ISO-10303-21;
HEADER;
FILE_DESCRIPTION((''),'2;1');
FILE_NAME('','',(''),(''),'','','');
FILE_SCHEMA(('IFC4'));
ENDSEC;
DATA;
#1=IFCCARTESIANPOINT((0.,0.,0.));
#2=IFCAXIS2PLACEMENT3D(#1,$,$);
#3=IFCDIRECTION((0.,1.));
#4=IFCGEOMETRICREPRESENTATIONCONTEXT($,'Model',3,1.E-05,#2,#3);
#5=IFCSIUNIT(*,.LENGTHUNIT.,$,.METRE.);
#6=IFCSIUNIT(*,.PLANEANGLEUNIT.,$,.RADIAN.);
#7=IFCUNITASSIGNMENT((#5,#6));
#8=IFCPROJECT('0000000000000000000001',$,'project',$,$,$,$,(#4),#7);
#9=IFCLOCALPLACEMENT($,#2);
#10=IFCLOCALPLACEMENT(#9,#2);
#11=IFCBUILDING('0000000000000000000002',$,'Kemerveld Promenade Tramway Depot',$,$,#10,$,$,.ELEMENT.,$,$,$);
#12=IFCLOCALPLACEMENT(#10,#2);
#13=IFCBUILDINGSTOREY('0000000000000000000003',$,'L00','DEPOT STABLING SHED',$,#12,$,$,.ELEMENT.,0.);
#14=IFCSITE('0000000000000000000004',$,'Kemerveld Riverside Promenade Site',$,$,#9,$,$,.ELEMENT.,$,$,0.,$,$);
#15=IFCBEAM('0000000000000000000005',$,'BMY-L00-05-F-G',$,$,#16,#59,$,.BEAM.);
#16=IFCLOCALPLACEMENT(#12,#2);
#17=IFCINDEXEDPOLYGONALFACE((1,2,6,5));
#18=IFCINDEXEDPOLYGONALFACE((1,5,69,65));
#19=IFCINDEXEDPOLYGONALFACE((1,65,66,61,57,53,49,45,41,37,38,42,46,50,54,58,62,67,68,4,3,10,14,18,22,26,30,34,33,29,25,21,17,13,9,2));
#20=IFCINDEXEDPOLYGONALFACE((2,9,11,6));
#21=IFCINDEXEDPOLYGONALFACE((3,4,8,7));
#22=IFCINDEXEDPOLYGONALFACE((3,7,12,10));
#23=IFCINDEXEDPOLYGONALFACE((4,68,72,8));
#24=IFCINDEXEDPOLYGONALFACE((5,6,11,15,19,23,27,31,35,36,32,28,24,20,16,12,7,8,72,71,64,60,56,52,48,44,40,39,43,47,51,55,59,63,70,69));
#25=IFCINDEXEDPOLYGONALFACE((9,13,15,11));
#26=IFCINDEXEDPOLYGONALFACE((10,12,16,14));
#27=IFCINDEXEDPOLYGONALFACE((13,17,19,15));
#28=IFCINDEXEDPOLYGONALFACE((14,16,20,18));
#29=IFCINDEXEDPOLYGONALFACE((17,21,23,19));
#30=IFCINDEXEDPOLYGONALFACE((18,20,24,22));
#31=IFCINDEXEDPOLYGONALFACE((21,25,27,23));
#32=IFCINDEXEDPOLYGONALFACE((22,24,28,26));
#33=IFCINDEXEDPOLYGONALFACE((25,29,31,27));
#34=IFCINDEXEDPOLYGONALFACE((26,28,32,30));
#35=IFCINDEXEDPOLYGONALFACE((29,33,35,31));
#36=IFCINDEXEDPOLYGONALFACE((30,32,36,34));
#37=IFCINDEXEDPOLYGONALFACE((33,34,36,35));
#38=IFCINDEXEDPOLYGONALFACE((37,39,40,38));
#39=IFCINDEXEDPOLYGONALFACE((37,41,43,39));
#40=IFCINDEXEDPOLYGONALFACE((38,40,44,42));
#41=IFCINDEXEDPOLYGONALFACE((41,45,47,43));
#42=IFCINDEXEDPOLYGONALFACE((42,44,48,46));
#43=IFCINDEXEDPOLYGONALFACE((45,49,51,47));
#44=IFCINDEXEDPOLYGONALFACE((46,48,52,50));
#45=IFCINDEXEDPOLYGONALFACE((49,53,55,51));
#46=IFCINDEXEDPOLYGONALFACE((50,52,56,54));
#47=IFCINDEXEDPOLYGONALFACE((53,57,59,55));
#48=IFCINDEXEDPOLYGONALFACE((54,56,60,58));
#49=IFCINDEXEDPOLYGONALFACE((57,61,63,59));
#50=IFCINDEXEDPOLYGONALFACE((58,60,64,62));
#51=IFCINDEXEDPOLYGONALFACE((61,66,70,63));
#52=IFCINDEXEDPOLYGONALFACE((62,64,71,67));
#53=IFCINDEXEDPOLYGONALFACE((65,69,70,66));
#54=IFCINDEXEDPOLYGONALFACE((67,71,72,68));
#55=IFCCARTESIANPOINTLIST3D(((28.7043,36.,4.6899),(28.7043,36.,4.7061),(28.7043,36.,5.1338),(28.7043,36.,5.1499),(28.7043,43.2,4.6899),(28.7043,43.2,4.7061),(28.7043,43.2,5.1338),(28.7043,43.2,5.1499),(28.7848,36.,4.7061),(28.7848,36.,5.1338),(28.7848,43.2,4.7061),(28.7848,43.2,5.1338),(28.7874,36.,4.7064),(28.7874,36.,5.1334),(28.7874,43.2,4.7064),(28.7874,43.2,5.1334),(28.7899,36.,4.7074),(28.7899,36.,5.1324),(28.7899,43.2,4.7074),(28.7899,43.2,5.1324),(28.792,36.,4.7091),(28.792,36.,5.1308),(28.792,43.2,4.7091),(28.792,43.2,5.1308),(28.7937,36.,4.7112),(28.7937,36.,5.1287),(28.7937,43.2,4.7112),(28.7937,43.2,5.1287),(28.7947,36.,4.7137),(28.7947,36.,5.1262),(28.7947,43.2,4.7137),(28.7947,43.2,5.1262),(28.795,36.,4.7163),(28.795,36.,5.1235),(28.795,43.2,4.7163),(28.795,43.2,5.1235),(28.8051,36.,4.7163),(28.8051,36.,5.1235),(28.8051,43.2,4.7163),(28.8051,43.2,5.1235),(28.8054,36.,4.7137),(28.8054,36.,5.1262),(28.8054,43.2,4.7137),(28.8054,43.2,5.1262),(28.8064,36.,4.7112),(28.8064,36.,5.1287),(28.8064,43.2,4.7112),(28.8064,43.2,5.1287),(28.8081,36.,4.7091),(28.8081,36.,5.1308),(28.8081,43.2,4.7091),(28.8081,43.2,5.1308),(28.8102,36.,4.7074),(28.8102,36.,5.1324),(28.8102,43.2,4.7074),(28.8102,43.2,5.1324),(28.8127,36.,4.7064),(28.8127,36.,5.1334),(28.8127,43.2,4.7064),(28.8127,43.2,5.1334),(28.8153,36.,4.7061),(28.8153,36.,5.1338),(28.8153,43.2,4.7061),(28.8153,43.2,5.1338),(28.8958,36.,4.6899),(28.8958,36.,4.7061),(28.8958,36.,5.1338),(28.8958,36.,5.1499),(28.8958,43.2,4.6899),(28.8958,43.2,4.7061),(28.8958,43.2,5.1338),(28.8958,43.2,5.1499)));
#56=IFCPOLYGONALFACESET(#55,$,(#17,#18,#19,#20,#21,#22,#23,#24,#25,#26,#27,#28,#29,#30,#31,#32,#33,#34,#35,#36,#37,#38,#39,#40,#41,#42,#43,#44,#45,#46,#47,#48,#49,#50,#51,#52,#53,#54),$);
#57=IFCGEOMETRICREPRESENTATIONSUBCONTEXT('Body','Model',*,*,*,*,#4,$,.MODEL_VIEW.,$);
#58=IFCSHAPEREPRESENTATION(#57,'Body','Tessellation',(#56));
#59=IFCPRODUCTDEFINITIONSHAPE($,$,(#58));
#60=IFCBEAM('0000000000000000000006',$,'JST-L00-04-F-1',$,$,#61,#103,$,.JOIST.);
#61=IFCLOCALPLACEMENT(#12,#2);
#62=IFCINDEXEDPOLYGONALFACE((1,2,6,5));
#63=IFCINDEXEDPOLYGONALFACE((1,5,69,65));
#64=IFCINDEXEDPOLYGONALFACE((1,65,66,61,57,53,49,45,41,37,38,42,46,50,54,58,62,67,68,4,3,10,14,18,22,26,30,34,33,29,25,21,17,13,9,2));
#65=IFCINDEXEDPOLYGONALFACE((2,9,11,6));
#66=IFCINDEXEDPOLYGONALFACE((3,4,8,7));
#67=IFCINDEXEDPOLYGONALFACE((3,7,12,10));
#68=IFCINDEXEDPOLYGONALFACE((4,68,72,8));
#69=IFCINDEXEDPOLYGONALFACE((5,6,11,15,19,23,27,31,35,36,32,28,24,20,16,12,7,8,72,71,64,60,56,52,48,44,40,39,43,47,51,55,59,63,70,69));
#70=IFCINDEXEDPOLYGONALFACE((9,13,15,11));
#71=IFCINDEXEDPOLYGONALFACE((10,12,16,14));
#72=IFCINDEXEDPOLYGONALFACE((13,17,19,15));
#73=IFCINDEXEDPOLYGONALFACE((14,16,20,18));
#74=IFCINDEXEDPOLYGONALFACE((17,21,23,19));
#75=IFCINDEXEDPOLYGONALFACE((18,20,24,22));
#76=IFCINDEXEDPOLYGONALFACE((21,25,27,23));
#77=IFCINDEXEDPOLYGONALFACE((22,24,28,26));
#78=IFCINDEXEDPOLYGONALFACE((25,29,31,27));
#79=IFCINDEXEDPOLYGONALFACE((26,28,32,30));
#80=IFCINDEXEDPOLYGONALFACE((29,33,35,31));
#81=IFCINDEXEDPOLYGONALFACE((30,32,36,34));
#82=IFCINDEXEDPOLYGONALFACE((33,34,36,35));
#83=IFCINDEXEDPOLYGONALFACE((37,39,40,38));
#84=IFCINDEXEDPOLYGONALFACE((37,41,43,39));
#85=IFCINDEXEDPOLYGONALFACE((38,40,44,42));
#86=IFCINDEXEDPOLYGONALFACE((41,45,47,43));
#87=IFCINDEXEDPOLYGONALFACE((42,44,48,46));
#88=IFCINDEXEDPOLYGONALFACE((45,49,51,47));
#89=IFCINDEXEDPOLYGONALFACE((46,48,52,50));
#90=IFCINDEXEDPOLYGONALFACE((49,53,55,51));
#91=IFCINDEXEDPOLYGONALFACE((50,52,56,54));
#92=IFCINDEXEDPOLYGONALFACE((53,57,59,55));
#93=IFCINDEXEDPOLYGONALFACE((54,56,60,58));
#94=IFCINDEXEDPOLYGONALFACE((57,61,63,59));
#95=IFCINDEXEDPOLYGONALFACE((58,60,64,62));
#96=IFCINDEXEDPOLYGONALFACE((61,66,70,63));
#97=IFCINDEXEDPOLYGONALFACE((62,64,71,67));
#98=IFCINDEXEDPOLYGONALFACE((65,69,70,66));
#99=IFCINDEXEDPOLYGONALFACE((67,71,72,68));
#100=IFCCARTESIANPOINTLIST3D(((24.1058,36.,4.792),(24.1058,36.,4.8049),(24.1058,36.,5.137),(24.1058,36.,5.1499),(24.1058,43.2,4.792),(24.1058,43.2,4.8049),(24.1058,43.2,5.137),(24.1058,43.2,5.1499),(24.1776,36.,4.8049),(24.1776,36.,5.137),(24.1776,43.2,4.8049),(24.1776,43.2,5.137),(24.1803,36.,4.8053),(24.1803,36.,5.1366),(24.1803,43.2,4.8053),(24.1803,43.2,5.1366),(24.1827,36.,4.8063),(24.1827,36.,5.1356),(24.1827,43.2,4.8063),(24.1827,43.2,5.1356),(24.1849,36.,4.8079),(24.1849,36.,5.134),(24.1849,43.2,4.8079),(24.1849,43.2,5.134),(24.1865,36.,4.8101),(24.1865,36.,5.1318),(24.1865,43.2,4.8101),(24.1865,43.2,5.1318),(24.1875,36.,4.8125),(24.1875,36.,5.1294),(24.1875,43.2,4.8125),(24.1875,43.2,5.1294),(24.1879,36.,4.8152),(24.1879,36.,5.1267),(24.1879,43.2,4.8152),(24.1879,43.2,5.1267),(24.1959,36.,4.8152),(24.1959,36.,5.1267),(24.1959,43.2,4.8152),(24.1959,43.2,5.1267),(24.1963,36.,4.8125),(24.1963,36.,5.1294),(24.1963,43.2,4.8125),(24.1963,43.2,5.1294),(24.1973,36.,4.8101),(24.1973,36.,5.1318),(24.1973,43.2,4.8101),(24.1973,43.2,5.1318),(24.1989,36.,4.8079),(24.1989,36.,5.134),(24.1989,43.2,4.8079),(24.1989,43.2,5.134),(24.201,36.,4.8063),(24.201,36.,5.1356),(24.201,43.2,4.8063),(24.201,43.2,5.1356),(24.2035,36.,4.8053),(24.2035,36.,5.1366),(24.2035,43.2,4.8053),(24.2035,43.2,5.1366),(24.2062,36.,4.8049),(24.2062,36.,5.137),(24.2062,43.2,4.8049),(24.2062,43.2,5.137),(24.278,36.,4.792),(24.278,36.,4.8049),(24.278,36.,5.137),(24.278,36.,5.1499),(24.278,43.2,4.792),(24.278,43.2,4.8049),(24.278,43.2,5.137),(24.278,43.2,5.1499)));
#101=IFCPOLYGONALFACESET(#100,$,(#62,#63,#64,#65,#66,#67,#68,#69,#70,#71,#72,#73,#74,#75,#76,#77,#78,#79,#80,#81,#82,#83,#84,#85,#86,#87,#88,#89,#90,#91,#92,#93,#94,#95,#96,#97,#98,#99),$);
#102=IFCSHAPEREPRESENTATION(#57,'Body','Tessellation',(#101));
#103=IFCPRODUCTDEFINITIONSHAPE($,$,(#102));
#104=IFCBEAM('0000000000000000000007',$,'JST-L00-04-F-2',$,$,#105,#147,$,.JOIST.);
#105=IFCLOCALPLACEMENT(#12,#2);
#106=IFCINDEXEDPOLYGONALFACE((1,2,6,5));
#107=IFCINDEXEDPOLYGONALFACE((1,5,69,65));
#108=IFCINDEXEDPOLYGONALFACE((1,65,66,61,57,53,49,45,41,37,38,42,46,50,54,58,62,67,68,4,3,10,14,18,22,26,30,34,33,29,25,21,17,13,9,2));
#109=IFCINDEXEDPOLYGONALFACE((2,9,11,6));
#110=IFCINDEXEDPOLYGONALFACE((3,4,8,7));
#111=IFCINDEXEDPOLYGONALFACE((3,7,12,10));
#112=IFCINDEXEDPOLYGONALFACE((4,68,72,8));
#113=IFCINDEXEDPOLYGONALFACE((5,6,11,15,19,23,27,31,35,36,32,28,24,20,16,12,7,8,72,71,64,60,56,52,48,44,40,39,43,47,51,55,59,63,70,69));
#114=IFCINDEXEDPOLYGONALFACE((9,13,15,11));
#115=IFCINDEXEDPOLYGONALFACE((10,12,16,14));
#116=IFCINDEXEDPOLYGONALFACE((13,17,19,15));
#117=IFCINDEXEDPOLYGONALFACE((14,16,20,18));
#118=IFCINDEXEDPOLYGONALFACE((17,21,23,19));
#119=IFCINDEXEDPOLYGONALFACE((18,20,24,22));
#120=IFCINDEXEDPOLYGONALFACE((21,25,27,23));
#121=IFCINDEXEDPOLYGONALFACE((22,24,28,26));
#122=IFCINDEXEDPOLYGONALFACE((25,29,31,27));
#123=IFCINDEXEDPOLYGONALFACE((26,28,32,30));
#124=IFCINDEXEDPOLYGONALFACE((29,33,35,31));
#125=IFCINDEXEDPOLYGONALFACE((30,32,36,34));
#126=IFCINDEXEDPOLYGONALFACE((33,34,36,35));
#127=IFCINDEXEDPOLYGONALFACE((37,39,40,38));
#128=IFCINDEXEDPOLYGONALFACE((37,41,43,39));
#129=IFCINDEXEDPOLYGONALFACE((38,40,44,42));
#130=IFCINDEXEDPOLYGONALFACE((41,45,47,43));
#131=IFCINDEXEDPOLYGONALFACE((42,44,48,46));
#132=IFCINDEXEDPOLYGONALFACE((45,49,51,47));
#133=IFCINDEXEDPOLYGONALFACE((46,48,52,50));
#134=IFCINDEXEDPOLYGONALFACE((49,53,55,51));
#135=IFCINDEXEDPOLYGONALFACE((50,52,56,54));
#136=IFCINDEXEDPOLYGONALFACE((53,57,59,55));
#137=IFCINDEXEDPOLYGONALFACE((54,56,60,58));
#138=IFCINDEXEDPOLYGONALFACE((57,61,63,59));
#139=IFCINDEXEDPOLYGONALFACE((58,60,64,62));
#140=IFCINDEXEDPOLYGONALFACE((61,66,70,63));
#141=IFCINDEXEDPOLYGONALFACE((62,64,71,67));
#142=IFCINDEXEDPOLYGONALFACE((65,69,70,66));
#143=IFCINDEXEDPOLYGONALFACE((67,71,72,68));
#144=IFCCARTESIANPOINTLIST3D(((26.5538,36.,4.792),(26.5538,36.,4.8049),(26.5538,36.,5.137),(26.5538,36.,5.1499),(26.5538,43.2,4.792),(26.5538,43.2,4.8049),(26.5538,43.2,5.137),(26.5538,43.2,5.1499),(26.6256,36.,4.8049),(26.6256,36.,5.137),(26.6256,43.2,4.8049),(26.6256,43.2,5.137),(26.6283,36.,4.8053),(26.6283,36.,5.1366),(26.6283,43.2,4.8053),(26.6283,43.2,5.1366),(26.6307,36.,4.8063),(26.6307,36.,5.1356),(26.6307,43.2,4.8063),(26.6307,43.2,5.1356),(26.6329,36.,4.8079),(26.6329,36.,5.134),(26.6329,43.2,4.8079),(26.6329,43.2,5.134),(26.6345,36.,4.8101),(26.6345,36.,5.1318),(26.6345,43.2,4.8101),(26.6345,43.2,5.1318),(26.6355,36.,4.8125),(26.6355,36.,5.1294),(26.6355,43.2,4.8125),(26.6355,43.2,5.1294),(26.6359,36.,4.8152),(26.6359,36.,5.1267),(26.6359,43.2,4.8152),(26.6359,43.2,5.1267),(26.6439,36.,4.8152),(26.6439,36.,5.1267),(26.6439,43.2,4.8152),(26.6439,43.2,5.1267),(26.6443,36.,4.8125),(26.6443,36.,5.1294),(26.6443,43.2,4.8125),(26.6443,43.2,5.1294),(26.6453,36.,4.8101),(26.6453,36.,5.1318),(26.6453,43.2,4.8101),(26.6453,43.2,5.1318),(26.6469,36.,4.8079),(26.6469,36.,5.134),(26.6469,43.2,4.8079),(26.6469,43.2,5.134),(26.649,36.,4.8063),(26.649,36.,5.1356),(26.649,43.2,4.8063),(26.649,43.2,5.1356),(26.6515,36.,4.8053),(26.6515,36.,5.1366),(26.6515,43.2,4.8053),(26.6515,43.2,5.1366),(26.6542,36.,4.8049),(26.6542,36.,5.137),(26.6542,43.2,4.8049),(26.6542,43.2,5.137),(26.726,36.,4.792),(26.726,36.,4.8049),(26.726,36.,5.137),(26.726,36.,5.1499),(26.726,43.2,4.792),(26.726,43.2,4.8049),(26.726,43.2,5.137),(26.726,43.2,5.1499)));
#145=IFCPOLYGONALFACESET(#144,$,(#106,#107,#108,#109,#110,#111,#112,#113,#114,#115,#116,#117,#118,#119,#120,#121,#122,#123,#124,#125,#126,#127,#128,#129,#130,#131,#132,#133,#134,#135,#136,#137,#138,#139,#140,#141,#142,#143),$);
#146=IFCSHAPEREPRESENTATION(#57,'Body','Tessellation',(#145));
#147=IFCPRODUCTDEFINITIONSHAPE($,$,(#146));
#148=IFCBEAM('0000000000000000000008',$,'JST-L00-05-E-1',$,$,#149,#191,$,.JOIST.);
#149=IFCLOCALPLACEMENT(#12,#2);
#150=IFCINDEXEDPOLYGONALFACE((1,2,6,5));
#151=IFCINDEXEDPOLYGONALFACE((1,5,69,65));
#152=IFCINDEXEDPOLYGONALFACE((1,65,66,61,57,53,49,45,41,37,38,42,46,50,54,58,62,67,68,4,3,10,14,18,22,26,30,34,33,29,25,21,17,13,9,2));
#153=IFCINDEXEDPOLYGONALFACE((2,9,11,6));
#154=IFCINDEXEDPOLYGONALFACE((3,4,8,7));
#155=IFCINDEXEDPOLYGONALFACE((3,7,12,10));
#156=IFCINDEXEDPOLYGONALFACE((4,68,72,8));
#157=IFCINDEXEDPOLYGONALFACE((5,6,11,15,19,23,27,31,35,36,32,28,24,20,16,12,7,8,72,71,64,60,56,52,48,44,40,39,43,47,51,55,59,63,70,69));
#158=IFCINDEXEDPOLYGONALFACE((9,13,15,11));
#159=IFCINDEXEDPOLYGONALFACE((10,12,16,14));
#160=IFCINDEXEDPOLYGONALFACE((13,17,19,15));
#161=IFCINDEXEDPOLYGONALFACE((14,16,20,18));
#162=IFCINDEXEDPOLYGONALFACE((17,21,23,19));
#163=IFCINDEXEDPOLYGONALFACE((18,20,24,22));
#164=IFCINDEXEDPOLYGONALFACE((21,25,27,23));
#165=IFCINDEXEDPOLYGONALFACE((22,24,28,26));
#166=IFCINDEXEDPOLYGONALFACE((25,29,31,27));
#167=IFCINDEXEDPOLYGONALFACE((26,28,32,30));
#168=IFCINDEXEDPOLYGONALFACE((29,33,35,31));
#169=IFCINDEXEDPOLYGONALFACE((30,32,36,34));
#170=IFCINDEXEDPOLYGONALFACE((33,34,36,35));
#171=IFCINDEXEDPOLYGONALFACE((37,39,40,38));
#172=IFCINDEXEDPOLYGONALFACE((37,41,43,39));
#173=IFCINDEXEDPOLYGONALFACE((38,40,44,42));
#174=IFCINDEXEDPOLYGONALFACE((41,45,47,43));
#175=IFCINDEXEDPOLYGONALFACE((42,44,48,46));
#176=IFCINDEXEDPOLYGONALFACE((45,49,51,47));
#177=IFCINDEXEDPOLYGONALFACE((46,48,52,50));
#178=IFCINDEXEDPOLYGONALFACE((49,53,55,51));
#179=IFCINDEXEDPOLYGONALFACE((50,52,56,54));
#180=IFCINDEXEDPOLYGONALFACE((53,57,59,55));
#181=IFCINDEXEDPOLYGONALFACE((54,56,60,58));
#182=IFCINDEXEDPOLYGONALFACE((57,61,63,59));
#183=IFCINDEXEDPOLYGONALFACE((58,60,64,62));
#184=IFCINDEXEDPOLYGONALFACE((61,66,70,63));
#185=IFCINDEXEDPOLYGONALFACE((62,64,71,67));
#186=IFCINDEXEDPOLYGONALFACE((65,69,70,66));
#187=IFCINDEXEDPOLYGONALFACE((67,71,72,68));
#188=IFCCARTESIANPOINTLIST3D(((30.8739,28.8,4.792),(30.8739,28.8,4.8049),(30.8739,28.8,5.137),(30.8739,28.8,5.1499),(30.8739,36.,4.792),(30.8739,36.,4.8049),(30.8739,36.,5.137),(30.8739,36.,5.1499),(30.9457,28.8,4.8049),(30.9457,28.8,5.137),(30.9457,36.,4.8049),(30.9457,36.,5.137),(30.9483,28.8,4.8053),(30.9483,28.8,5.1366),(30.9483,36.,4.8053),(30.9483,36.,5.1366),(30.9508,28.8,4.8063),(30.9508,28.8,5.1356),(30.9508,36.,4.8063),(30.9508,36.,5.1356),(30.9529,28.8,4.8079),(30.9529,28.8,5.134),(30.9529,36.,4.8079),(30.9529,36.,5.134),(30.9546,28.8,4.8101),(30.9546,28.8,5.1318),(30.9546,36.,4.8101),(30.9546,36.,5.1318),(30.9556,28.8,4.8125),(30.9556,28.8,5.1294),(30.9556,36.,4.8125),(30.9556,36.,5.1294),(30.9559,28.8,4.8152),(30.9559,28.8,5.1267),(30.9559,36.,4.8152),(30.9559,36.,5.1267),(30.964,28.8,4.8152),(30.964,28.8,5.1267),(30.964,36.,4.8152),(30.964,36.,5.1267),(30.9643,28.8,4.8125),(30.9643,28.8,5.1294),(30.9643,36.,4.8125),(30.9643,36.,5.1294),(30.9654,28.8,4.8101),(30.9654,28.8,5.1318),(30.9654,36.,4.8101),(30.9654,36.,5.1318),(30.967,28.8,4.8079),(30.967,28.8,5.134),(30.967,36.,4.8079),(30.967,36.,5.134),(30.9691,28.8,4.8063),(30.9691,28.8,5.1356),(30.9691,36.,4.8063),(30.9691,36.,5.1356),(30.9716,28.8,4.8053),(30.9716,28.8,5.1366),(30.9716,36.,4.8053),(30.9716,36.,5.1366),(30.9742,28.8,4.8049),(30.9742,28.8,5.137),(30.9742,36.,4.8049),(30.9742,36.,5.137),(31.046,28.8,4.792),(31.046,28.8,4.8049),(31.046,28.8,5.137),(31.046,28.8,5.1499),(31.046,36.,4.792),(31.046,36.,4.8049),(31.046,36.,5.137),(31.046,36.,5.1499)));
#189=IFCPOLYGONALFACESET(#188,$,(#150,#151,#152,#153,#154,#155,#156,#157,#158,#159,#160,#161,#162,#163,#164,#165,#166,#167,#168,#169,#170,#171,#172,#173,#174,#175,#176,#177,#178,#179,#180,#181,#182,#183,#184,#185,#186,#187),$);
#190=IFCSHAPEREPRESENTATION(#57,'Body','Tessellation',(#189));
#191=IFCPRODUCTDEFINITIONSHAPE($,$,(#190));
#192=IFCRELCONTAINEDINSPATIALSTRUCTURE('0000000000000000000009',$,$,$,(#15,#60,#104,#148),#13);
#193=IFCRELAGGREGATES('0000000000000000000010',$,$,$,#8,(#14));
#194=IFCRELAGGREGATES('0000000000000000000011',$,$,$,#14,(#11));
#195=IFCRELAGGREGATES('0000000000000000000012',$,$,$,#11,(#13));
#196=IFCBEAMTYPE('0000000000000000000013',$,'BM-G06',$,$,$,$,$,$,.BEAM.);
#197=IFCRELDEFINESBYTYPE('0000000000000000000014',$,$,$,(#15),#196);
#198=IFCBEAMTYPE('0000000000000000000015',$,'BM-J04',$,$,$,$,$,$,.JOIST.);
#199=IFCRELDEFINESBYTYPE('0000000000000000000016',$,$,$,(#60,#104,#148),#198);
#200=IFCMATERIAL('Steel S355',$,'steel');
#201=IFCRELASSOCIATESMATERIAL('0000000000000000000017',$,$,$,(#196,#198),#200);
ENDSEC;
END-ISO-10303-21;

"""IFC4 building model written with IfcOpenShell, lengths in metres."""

from ifc_helpers import new_model, si_unit, direction, frame, origin, origin_2d, place, context, subcontext, project, spatial, i_section, extrude, material, material_profile, profile_set, type_object, element, save


model = new_model("IFC4")

# Units and contexts
model_context = context("Model", 3, precision=1e-05, world=origin(), true_north=direction((0.0, 1.0)))
body_context = subcontext(model_context, "Body", "Model", "MODEL_VIEW")
ifc_project = project(units=[si_unit("LENGTHUNIT", "METRE"), si_unit("PLANEANGLEUNIT", "RADIAN")], contexts=[model_context])

# Site, building, storey
site_placement = place(None, origin())
site = spatial("IfcSite", under=ifc_project, at=site_placement, Name="Kemerveld Riverside Promenade Site", CompositionType="ELEMENT", RefElevation=0.0)
building_placement = place(site_placement, origin())
building = spatial("IfcBuilding", under=site, at=building_placement, Name="Kemerveld Promenade Tramway Depot", CompositionType="ELEMENT")
storey_placement = place(building_placement, origin())
storey = spatial("IfcBuildingStorey", under=building, at=storey_placement, Name="L00", Description="DEPOT STABLING SHED", CompositionType="ELEMENT", Elevation=0.0)

# Shared definitions
ifc_material_1 = material(Name="Steel S355", Category="steel")

# Beams
ifc_material_profile_1 = material_profile(ifc_material_1, i_section(OverallWidth=0.1914, OverallDepth=0.46, WebThickness=0.01, FlangeThickness=0.0161, FilletRadius=0.0103, at=origin_2d()), Name="457x191x82 UB")
ifc_profile_set_1 = profile_set([ifc_material_profile_1], Name="Steel S355")
beam_type_1 = type_object("IfcBeamType", Name="BM-G06", PredefinedType="BEAM", material=ifc_profile_set_1)
for number, where, z_axis, x_axis, name in (
    (1, (28.8, 36.0, 4.9199), (0.0, 1.0, 0.0), (-1.0, 0.0, 0.0), "BMY-L00-05-F-G"),
):
    element("IfcBeam", number, at=place(storey_placement, frame(where, z_axis=z_axis, x_axis=x_axis)), inside=storey, type_object=beam_type_1, Name=name, PredefinedType="BEAM", context=body_context, shape_type="SweptSolid", body=[
        extrude(i_section(OverallWidth=0.1914, OverallDepth=0.46, WebThickness=0.01, FlangeThickness=0.0161, FilletRadius=0.0103, at=origin_2d()), origin(), (0.0, 0.0, 1.0), 7.2),
    ])
ifc_material_profile_2 = material_profile(ifc_material_1, i_section(OverallWidth=0.1721, OverallDepth=0.3579, WebThickness=0.0081, FlangeThickness=0.0129, FilletRadius=0.0103, at=origin_2d()), Name="356x171x57 UB")
ifc_profile_set_2 = profile_set([ifc_material_profile_2], Name="Steel S355")
beam_type_2 = type_object("IfcBeamType", Name="BM-J04", PredefinedType="JOIST", material=ifc_profile_set_2)
for number, where, z_axis, x_axis, name in (
    (2, (24.1919, 36.0, 4.9709), (0.0, 1.0, 0.0), (-1.0, 0.0, 0.0), "JST-L00-04-F-1"),
    (3, (26.6399, 36.0, 4.9709), (0.0, 1.0, 0.0), (-1.0, 0.0, 0.0), "JST-L00-04-F-2"),
    (4, (30.96, 28.8, 4.9709), (0.0, 1.0, 0.0), (-1.0, 0.0, 0.0), "JST-L00-05-E-1"),
):
    element("IfcBeam", number, at=place(storey_placement, frame(where, z_axis=z_axis, x_axis=x_axis)), inside=storey, type_object=beam_type_2, Name=name, PredefinedType="JOIST", context=body_context, shape_type="SweptSolid", body=[
        extrude(i_section(OverallWidth=0.1721, OverallDepth=0.3579, WebThickness=0.0081, FlangeThickness=0.0129, FilletRadius=0.0103, at=origin_2d()), origin(), (0.0, 0.0, 1.0), 7.2),
    ])

save(model, "model.ifc")
